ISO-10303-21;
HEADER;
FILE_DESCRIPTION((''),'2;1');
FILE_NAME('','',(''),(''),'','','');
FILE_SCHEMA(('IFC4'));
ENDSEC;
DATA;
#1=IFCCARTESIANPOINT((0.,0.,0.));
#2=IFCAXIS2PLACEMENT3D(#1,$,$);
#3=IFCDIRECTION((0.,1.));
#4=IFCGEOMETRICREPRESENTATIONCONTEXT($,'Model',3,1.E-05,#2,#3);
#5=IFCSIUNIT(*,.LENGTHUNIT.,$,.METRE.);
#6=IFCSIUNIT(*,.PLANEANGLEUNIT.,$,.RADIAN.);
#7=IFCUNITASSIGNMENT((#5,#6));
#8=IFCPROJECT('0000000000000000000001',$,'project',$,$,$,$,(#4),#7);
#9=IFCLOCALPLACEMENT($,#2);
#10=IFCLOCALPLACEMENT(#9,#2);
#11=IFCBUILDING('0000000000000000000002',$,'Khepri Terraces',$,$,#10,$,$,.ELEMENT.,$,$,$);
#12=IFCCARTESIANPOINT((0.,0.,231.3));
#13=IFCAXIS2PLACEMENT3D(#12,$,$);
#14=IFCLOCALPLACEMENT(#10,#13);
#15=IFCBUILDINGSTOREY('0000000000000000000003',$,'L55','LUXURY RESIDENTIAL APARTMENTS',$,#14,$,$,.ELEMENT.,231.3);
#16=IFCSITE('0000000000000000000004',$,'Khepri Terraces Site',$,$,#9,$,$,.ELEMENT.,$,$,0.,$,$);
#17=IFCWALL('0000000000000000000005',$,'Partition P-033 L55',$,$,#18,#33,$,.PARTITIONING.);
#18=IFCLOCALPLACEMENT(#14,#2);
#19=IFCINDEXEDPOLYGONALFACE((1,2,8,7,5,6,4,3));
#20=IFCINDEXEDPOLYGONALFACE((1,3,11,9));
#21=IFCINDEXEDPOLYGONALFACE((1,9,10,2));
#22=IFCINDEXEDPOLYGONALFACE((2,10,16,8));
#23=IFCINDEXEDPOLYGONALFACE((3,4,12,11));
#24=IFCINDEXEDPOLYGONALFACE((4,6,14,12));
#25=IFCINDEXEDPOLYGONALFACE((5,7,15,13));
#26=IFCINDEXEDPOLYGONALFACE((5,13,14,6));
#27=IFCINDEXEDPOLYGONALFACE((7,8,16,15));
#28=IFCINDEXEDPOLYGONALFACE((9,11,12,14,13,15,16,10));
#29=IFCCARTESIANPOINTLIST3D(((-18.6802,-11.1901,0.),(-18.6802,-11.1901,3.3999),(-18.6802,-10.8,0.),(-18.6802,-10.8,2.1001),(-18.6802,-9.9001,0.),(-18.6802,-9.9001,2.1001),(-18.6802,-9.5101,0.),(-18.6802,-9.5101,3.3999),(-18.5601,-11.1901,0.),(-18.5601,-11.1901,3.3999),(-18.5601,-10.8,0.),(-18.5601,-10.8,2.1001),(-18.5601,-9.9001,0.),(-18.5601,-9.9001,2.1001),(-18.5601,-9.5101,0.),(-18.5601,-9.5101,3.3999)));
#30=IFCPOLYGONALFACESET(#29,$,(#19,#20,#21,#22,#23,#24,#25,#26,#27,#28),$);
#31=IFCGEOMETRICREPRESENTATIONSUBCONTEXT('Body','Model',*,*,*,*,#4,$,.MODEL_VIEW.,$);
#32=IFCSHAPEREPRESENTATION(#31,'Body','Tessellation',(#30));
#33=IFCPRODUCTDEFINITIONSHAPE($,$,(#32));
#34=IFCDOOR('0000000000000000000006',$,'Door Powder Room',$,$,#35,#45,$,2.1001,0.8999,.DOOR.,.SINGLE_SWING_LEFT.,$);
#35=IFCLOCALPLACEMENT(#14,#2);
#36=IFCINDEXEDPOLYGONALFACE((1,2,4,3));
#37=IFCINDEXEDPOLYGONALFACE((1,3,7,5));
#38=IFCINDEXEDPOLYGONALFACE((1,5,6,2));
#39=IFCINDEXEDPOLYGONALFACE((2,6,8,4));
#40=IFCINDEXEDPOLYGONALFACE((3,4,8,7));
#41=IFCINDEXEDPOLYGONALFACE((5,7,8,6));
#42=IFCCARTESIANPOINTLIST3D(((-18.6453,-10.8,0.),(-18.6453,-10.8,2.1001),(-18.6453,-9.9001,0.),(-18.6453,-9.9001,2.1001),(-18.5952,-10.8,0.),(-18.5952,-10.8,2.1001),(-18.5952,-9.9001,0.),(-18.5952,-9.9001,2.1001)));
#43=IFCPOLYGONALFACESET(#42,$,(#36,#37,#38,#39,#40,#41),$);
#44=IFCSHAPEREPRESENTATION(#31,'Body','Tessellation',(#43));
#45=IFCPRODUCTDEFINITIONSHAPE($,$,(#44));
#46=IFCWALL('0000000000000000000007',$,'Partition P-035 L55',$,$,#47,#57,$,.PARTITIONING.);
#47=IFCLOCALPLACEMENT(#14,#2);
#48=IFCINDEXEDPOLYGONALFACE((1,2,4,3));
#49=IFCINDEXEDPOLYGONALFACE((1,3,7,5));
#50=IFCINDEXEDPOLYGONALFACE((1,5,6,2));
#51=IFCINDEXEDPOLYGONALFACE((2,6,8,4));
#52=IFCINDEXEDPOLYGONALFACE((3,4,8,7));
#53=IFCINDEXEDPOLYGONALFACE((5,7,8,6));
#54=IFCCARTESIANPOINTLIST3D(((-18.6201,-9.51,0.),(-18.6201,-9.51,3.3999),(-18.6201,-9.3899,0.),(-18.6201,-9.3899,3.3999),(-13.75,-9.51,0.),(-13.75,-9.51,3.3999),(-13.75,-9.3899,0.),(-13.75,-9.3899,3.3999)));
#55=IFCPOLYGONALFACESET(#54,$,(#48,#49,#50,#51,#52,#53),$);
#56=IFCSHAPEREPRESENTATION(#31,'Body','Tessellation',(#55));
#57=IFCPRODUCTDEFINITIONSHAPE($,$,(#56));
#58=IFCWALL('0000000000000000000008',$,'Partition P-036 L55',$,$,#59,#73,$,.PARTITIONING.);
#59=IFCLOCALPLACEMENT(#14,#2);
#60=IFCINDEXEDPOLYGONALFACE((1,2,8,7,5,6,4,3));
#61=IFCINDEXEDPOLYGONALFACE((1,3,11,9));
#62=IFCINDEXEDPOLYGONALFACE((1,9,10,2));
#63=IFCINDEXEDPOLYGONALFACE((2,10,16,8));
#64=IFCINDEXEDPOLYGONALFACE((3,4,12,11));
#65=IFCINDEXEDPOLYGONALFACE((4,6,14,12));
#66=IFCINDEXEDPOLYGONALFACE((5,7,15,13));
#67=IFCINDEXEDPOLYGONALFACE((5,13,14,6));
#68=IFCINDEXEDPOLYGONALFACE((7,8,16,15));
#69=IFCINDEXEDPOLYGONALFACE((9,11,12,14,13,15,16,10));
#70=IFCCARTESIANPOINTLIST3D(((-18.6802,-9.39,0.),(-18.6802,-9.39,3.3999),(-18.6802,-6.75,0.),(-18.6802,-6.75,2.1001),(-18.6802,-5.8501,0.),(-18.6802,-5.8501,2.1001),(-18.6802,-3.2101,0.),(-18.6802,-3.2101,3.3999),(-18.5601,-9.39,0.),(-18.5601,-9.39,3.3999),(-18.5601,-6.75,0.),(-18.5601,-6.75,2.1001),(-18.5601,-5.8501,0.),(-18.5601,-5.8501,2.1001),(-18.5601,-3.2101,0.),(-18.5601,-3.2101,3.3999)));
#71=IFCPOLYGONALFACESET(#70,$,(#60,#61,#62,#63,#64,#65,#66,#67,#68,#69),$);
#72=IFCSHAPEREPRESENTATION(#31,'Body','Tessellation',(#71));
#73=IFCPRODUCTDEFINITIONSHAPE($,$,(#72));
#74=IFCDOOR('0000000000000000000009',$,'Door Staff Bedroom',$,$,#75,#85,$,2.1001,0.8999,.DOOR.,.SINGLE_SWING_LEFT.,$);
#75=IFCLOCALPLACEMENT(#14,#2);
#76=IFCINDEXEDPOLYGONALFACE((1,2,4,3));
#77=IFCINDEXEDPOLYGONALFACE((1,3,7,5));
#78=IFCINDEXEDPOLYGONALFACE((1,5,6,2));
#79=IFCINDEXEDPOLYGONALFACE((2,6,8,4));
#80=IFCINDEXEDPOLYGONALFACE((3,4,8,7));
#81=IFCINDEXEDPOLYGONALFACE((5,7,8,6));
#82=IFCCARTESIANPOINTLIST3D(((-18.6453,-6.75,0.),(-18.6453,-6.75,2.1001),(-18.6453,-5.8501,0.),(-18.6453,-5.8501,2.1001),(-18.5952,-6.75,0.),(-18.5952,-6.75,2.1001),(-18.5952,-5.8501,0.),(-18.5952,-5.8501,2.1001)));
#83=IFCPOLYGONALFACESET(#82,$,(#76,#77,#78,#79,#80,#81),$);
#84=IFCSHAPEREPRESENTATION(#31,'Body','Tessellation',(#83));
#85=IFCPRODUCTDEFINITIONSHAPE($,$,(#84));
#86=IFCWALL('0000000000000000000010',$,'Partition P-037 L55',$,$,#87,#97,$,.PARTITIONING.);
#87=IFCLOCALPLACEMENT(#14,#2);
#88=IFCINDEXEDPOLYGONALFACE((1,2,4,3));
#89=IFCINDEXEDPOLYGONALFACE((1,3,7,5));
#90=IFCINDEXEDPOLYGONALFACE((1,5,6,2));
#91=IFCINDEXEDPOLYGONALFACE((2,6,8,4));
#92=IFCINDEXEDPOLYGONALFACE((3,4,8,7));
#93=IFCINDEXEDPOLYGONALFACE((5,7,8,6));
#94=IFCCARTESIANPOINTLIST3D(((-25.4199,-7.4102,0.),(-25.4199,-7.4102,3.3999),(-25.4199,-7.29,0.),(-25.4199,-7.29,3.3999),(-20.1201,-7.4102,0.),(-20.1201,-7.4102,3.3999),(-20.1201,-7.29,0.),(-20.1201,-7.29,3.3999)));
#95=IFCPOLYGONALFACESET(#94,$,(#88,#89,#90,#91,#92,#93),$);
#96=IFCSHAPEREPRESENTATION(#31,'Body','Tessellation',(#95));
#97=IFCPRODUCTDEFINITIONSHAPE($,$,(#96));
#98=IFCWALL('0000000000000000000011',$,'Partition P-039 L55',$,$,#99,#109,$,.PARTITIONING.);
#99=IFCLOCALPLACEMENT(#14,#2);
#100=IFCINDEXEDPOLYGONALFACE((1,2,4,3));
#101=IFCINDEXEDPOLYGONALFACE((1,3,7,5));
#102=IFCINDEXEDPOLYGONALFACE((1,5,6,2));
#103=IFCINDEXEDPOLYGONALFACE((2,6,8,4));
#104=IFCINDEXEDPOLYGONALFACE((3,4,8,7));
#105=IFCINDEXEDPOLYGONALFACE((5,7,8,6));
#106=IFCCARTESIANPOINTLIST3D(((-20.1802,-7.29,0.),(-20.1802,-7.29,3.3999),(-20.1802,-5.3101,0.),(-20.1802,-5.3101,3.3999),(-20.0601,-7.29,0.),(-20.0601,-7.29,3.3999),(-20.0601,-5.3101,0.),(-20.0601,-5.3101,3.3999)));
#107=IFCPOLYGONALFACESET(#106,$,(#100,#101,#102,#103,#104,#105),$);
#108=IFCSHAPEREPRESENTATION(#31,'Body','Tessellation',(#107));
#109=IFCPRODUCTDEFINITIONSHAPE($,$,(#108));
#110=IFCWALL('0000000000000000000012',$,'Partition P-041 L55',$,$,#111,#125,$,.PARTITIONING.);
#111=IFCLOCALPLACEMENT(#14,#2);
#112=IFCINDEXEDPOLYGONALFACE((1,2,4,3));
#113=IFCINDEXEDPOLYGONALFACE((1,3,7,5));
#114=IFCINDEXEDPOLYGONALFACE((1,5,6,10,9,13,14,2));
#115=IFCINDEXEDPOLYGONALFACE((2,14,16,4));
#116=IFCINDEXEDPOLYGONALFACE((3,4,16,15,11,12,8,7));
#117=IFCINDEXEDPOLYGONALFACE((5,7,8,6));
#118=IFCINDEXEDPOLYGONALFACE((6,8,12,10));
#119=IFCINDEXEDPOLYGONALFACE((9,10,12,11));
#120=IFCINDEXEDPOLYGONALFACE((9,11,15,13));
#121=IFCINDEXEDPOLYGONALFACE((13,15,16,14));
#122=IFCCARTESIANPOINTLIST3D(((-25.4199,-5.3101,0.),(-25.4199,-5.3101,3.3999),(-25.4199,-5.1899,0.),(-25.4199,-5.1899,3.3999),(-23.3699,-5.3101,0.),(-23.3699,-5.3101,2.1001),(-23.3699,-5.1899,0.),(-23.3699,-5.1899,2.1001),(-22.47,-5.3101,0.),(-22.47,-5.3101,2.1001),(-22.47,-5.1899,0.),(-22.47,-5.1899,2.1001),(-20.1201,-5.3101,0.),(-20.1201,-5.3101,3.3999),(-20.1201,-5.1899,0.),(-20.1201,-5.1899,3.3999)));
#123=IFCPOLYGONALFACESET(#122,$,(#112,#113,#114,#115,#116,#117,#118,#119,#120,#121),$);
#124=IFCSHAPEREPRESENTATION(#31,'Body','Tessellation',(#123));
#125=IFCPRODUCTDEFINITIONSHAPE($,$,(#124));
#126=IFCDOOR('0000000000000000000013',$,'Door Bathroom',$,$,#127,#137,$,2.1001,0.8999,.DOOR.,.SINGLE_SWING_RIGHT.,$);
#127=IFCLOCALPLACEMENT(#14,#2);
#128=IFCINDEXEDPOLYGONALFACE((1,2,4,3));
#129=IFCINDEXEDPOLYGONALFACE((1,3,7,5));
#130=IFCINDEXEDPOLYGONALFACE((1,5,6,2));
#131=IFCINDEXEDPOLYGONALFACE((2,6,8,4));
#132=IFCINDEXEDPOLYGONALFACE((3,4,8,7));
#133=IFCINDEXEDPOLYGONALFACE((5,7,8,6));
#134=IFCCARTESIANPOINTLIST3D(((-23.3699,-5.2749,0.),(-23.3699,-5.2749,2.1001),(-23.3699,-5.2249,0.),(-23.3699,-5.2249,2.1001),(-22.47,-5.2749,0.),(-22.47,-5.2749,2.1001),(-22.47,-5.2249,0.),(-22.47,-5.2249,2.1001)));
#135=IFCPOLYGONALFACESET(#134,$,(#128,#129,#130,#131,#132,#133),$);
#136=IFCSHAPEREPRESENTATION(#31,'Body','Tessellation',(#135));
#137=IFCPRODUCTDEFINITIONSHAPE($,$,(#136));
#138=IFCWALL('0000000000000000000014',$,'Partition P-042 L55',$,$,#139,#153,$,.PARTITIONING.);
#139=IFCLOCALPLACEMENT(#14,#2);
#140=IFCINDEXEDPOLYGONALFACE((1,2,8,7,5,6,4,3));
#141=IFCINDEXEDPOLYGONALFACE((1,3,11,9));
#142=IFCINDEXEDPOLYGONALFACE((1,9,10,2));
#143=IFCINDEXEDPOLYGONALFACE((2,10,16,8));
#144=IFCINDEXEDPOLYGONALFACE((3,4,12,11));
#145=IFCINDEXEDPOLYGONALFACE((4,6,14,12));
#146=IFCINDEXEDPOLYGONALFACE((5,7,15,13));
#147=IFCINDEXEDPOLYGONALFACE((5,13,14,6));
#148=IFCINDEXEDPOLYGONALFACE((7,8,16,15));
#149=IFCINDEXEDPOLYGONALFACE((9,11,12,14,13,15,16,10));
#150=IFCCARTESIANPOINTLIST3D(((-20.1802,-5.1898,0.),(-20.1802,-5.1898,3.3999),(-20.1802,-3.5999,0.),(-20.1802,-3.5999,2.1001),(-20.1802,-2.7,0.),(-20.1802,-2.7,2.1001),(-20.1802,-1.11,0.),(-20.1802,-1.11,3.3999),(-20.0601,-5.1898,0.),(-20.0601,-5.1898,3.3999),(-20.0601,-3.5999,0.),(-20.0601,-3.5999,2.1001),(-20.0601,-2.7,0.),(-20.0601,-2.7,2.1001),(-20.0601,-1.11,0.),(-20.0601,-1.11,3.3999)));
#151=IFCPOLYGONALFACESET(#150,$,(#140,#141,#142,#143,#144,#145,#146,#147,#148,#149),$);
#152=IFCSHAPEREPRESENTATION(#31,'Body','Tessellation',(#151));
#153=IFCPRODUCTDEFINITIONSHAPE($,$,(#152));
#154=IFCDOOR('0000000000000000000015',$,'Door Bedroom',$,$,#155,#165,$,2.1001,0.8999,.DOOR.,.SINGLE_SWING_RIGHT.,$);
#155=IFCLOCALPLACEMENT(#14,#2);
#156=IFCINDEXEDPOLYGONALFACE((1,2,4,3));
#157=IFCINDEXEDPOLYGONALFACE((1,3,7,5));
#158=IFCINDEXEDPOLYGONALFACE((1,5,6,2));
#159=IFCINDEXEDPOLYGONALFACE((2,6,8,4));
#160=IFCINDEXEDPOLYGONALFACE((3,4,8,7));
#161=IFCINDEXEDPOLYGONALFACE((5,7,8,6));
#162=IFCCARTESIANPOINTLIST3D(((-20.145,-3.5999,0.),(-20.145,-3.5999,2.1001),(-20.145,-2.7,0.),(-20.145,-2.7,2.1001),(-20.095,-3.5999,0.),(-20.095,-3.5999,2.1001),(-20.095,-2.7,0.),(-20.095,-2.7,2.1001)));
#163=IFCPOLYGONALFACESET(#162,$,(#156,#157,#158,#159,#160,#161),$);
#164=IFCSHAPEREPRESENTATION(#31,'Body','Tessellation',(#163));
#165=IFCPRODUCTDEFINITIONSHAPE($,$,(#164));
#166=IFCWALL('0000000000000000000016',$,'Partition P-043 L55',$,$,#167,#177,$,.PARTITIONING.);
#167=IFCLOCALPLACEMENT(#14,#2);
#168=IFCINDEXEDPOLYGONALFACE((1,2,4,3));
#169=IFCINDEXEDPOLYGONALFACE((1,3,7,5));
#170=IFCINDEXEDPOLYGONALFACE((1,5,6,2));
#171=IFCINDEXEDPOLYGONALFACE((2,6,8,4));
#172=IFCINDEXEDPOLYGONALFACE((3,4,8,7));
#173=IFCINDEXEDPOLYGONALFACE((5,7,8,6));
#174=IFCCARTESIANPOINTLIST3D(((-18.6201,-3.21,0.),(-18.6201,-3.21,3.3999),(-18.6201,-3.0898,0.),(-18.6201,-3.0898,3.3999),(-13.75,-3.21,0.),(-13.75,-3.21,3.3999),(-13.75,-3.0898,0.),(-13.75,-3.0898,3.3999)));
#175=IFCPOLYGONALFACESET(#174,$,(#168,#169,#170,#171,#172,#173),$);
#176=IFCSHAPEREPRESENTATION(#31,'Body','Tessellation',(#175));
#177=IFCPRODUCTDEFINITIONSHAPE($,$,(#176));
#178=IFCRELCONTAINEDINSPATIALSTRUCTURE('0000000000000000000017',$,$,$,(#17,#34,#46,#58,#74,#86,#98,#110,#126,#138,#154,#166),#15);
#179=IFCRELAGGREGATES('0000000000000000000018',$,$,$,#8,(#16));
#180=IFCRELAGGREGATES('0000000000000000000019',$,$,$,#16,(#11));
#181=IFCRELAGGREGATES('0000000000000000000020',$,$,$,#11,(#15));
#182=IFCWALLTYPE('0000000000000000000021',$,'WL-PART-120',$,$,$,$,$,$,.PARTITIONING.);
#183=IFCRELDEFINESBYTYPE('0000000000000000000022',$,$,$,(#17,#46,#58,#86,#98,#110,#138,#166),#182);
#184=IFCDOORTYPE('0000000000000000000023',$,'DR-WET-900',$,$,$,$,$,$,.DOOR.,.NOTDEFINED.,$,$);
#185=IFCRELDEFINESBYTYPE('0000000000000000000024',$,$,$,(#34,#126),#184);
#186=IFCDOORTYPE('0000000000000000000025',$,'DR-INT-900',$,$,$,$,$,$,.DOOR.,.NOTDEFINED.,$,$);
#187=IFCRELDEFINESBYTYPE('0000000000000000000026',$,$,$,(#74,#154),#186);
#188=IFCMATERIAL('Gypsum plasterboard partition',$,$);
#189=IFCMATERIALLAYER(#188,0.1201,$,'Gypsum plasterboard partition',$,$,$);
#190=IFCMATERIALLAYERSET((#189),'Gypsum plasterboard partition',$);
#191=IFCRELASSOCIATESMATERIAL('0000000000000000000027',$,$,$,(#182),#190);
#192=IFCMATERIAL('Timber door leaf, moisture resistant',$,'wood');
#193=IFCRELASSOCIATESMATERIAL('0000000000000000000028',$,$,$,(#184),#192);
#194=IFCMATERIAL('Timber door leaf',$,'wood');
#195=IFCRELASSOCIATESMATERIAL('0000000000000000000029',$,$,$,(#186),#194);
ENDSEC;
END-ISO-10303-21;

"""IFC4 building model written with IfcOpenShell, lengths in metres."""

from ifc_helpers import new_model, si_unit, direction, frame, frame_2d, origin, place, context, subcontext, project, spatial, rectangle, extrude, material, layer, layer_set, type_object, element, fill, save


model = new_model("IFC4")

# Units and contexts
model_context = context("Model", 3, precision=1e-05, world=origin(), true_north=direction((0.0, 1.0)))
body_context = subcontext(model_context, "Body", "Model", "MODEL_VIEW")
ifc_project = project(units=[si_unit("LENGTHUNIT", "METRE"), si_unit("PLANEANGLEUNIT", "RADIAN")], contexts=[model_context])

# Site, building, storey
site_placement = place(None, origin())
site = spatial("IfcSite", under=ifc_project, at=site_placement, Name="Khepri Terraces Site", CompositionType="ELEMENT", RefElevation=0.0)
building_placement = place(site_placement, origin())
building = spatial("IfcBuilding", under=site, at=building_placement, Name="Khepri Terraces", CompositionType="ELEMENT")
storey_placement = place(building_placement, frame((0.0, 0.0, 231.3)))
storey = spatial("IfcBuildingStorey", under=building, at=storey_placement, Name="L55", Description="LUXURY RESIDENTIAL APARTMENTS", CompositionType="ELEMENT", Elevation=231.3)

# Shared definitions
ifc_material_1 = material(Name="Gypsum plasterboard partition")
ifc_layer_1 = layer(ifc_material_1, 0.1201, Name="Gypsum plasterboard partition")
ifc_layer_set_1 = layer_set([ifc_layer_1], Name="Gypsum plasterboard partition")
wall_type_1 = type_object("IfcWallType", Name="WL-PART-120", PredefinedType="PARTITIONING", material=ifc_layer_set_1)
ifc_material_2 = material(Name="Timber door leaf, moisture resistant", Category="wood")
door_type_1 = type_object("IfcDoorType", Name="DR-WET-900", OperationType="NOTDEFINED", PredefinedType="DOOR", material=ifc_material_2)
ifc_material_3 = material(Name="Timber door leaf", Category="wood")
door_type_2 = type_object("IfcDoorType", Name="DR-INT-900", OperationType="NOTDEFINED", PredefinedType="DOOR", material=ifc_material_3)

# Wall, opening, door
wall_1_placement = place(storey_placement, frame((-18.6201, -11.1899, 0.0), z_axis=(0.0, 0.0, 1.0), x_axis=(0.0, 1.0, 0.0)))
wall_1 = element("IfcWall", 1, at=wall_1_placement, inside=storey, type_object=wall_type_1, Name="Partition P-033 L55", PredefinedType="PARTITIONING", context=body_context, shape_type="SweptSolid", body=[
    extrude(rectangle(XDim=1.6799, YDim=0.1201, at=frame_2d((0.8398, 0.0))), origin(), (0.0, 0.0, 1.0), 3.3999),
])
opening_1_placement = place(wall_1_placement, frame((0.3899, 0.0, 0.0)))
opening_1 = element("IfcOpeningElement", 2, at=opening_1_placement, cuts=wall_1, PredefinedType="OPENING", context=body_context, shape_type="SweptSolid", body=[
    extrude(rectangle(XDim=0.8999, YDim=2.1001, at=frame_2d((0.45, 1.05))), frame((0.0, 0.0701, 0.0), z_axis=(0.0, -1.0, 0.0), x_axis=(1.0, 0.0, 0.0)), (0.0, 0.0, 1.0), 0.1401),
])
door_1_placement = place(opening_1_placement, frame((0.8999, 0.0, 0.0), z_axis=(0.0, 0.0, 1.0), x_axis=(-1.0, 0.0, 0.0)))
door_1 = element("IfcDoor", 3, at=door_1_placement, inside=storey, type_object=door_type_1, Name="Door Powder Room", OperationType="SINGLE_SWING_LEFT", OverallHeight=2.1001, OverallWidth=0.8999, PredefinedType="DOOR", context=body_context, shape_type="SweptSolid", body=[
    extrude(rectangle(XDim=0.8999, YDim=2.1001, at=frame_2d((0.45, 1.05))), frame((0.0, 0.0249, 0.0), z_axis=(0.0, -1.0, 0.0), x_axis=(1.0, 0.0, 0.0)), (0.0, 0.0, 1.0), 0.05),
])
fill(opening_1, door_1)

# Wall
wall_2_placement = place(storey_placement, frame((-18.6201, -9.45, 0.0), z_axis=(0.0, 0.0, 1.0), x_axis=(1.0, 0.0, 0.0)))
element("IfcWall", 4, at=wall_2_placement, inside=storey, type_object=wall_type_1, Name="Partition P-035 L55", PredefinedType="PARTITIONING", context=body_context, shape_type="SweptSolid", body=[
    extrude(rectangle(XDim=4.8701, YDim=0.1201, at=frame_2d((2.4351, 0.0))), origin(), (0.0, 0.0, 1.0), 3.3999),
])

# Wall, opening, door
wall_3_placement = place(storey_placement, frame((-18.6201, -9.3899, 0.0), z_axis=(0.0, 0.0, 1.0), x_axis=(0.0, 1.0, 0.0)))
wall_3 = element("IfcWall", 5, at=wall_3_placement, inside=storey, type_object=wall_type_1, Name="Partition P-036 L55", PredefinedType="PARTITIONING", context=body_context, shape_type="SweptSolid", body=[
    extrude(rectangle(XDim=6.1799, YDim=0.1201, at=frame_2d((3.0898, 0.0))), origin(), (0.0, 0.0, 1.0), 3.3999),
])
opening_2_placement = place(wall_3_placement, frame((2.6399, 0.0, 0.0)))
opening_2 = element("IfcOpeningElement", 6, at=opening_2_placement, cuts=wall_3, PredefinedType="OPENING", context=body_context, shape_type="SweptSolid", body=[
    extrude(rectangle(XDim=0.8999, YDim=2.1001, at=frame_2d((0.45, 1.05))), frame((0.0, 0.0701, 0.0), z_axis=(0.0, -1.0, 0.0), x_axis=(1.0, 0.0, 0.0)), (0.0, 0.0, 1.0), 0.1401),
])
door_2_placement = place(opening_2_placement, frame((0.8999, 0.0, 0.0), z_axis=(0.0, 0.0, 1.0), x_axis=(-1.0, 0.0, 0.0)))
door_2 = element("IfcDoor", 7, at=door_2_placement, inside=storey, type_object=door_type_2, Name="Door Staff Bedroom", OperationType="SINGLE_SWING_LEFT", OverallHeight=2.1001, OverallWidth=0.8999, PredefinedType="DOOR", context=body_context, shape_type="SweptSolid", body=[
    extrude(rectangle(XDim=0.8999, YDim=2.1001, at=frame_2d((0.45, 1.05))), frame((0.0, 0.0249, 0.0), z_axis=(0.0, -1.0, 0.0), x_axis=(1.0, 0.0, 0.0)), (0.0, 0.0, 1.0), 0.05),
])
fill(opening_2, door_2)

# Walls
wall_4_placement = place(storey_placement, frame((-25.4199, -7.3501, 0.0), z_axis=(0.0, 0.0, 1.0), x_axis=(1.0, 0.0, 0.0)))
element("IfcWall", 8, at=wall_4_placement, inside=storey, type_object=wall_type_1, Name="Partition P-037 L55", PredefinedType="PARTITIONING", context=body_context, shape_type="SweptSolid", body=[
    extrude(rectangle(XDim=5.2998, YDim=0.1201, at=frame_2d((2.6499, 0.0))), origin(), (0.0, 0.0, 1.0), 3.3999),
])
wall_5_placement = place(storey_placement, frame((-20.1201, -7.29, 0.0), z_axis=(0.0, 0.0, 1.0), x_axis=(0.0, 1.0, 0.0)))
element("IfcWall", 9, at=wall_5_placement, inside=storey, type_object=wall_type_1, Name="Partition P-039 L55", PredefinedType="PARTITIONING", context=body_context, shape_type="SweptSolid", body=[
    extrude(rectangle(XDim=1.98, YDim=0.1201, at=frame_2d((0.99, 0.0))), origin(), (0.0, 0.0, 1.0), 3.3999),
])

# Walls, openings, doors
wall_6_placement = place(storey_placement, frame((-25.4199, -5.25, 0.0), z_axis=(0.0, 0.0, 1.0), x_axis=(1.0, 0.0, 0.0)))
wall_6 = element("IfcWall", 10, at=wall_6_placement, inside=storey, type_object=wall_type_1, Name="Partition P-041 L55", PredefinedType="PARTITIONING", context=body_context, shape_type="SweptSolid", body=[
    extrude(rectangle(XDim=5.2998, YDim=0.1201, at=frame_2d((2.6499, 0.0))), origin(), (0.0, 0.0, 1.0), 3.3999),
])
opening_3_placement = place(wall_6_placement, frame((2.05, 0.0, 0.0)))
opening_3 = element("IfcOpeningElement", 11, at=opening_3_placement, cuts=wall_6, PredefinedType="OPENING", context=body_context, shape_type="SweptSolid", body=[
    extrude(rectangle(XDim=0.8999, YDim=2.1001, at=frame_2d((0.45, 1.05))), frame((0.0, 0.0701, 0.0), z_axis=(0.0, -1.0, 0.0), x_axis=(1.0, 0.0, 0.0)), (0.0, 0.0, 1.0), 0.1401),
])
door_3_placement = place(opening_3_placement, frame((0.8999, 0.0, 0.0), z_axis=(0.0, 0.0, 1.0), x_axis=(-1.0, 0.0, 0.0)))
door_3 = element("IfcDoor", 12, at=door_3_placement, inside=storey, type_object=door_type_1, Name="Door Bathroom", OperationType="SINGLE_SWING_RIGHT", OverallHeight=2.1001, OverallWidth=0.8999, PredefinedType="DOOR", context=body_context, shape_type="SweptSolid", body=[
    extrude(rectangle(XDim=0.8999, YDim=2.1001, at=frame_2d((0.45, 1.05))), frame((0.0, 0.0249, 0.0), z_axis=(0.0, -1.0, 0.0), x_axis=(1.0, 0.0, 0.0)), (0.0, 0.0, 1.0), 0.05),
])
fill(opening_3, door_3)
wall_7_placement = place(storey_placement, frame((-20.1201, -5.1899, 0.0), z_axis=(0.0, 0.0, 1.0), x_axis=(0.0, 1.0, 0.0)))
wall_7 = element("IfcWall", 13, at=wall_7_placement, inside=storey, type_object=wall_type_1, Name="Partition P-042 L55", PredefinedType="PARTITIONING", context=body_context, shape_type="SweptSolid", body=[
    extrude(rectangle(XDim=4.0798, YDim=0.1201, at=frame_2d((2.04, 0.0))), origin(), (0.0, 0.0, 1.0), 3.3999),
])
opening_4_placement = place(wall_7_placement, frame((1.5901, 0.0, 0.0)))
opening_4 = element("IfcOpeningElement", 14, at=opening_4_placement, cuts=wall_7, PredefinedType="OPENING", context=body_context, shape_type="SweptSolid", body=[
    extrude(rectangle(XDim=0.8999, YDim=2.1001, at=frame_2d((0.45, 1.05))), frame((0.0, 0.0701, 0.0), z_axis=(0.0, -1.0, 0.0), x_axis=(1.0, 0.0, 0.0)), (0.0, 0.0, 1.0), 0.1401),
])
door_4_placement = place(opening_4_placement, origin())
door_4 = element("IfcDoor", 15, at=door_4_placement, inside=storey, type_object=door_type_2, Name="Door Bedroom", OperationType="SINGLE_SWING_RIGHT", OverallHeight=2.1001, OverallWidth=0.8999, PredefinedType="DOOR", context=body_context, shape_type="SweptSolid", body=[
    extrude(rectangle(XDim=0.8999, YDim=2.1001, at=frame_2d((0.45, 1.05))), frame((0.0, 0.0249, 0.0), z_axis=(0.0, -1.0, 0.0), x_axis=(1.0, 0.0, 0.0)), (0.0, 0.0, 1.0), 0.05),
])
fill(opening_4, door_4)

# Wall
wall_8_placement = place(storey_placement, frame((-18.6201, -3.1499, 0.0), z_axis=(0.0, 0.0, 1.0), x_axis=(1.0, 0.0, 0.0)))
element("IfcWall", 16, at=wall_8_placement, inside=storey, type_object=wall_type_1, Name="Partition P-043 L55", PredefinedType="PARTITIONING", context=body_context, shape_type="SweptSolid", body=[
    extrude(rectangle(XDim=4.8701, YDim=0.1201, at=frame_2d((2.4351, 0.0))), origin(), (0.0, 0.0, 1.0), 3.3999),
])

save(model, "model.ifc")
